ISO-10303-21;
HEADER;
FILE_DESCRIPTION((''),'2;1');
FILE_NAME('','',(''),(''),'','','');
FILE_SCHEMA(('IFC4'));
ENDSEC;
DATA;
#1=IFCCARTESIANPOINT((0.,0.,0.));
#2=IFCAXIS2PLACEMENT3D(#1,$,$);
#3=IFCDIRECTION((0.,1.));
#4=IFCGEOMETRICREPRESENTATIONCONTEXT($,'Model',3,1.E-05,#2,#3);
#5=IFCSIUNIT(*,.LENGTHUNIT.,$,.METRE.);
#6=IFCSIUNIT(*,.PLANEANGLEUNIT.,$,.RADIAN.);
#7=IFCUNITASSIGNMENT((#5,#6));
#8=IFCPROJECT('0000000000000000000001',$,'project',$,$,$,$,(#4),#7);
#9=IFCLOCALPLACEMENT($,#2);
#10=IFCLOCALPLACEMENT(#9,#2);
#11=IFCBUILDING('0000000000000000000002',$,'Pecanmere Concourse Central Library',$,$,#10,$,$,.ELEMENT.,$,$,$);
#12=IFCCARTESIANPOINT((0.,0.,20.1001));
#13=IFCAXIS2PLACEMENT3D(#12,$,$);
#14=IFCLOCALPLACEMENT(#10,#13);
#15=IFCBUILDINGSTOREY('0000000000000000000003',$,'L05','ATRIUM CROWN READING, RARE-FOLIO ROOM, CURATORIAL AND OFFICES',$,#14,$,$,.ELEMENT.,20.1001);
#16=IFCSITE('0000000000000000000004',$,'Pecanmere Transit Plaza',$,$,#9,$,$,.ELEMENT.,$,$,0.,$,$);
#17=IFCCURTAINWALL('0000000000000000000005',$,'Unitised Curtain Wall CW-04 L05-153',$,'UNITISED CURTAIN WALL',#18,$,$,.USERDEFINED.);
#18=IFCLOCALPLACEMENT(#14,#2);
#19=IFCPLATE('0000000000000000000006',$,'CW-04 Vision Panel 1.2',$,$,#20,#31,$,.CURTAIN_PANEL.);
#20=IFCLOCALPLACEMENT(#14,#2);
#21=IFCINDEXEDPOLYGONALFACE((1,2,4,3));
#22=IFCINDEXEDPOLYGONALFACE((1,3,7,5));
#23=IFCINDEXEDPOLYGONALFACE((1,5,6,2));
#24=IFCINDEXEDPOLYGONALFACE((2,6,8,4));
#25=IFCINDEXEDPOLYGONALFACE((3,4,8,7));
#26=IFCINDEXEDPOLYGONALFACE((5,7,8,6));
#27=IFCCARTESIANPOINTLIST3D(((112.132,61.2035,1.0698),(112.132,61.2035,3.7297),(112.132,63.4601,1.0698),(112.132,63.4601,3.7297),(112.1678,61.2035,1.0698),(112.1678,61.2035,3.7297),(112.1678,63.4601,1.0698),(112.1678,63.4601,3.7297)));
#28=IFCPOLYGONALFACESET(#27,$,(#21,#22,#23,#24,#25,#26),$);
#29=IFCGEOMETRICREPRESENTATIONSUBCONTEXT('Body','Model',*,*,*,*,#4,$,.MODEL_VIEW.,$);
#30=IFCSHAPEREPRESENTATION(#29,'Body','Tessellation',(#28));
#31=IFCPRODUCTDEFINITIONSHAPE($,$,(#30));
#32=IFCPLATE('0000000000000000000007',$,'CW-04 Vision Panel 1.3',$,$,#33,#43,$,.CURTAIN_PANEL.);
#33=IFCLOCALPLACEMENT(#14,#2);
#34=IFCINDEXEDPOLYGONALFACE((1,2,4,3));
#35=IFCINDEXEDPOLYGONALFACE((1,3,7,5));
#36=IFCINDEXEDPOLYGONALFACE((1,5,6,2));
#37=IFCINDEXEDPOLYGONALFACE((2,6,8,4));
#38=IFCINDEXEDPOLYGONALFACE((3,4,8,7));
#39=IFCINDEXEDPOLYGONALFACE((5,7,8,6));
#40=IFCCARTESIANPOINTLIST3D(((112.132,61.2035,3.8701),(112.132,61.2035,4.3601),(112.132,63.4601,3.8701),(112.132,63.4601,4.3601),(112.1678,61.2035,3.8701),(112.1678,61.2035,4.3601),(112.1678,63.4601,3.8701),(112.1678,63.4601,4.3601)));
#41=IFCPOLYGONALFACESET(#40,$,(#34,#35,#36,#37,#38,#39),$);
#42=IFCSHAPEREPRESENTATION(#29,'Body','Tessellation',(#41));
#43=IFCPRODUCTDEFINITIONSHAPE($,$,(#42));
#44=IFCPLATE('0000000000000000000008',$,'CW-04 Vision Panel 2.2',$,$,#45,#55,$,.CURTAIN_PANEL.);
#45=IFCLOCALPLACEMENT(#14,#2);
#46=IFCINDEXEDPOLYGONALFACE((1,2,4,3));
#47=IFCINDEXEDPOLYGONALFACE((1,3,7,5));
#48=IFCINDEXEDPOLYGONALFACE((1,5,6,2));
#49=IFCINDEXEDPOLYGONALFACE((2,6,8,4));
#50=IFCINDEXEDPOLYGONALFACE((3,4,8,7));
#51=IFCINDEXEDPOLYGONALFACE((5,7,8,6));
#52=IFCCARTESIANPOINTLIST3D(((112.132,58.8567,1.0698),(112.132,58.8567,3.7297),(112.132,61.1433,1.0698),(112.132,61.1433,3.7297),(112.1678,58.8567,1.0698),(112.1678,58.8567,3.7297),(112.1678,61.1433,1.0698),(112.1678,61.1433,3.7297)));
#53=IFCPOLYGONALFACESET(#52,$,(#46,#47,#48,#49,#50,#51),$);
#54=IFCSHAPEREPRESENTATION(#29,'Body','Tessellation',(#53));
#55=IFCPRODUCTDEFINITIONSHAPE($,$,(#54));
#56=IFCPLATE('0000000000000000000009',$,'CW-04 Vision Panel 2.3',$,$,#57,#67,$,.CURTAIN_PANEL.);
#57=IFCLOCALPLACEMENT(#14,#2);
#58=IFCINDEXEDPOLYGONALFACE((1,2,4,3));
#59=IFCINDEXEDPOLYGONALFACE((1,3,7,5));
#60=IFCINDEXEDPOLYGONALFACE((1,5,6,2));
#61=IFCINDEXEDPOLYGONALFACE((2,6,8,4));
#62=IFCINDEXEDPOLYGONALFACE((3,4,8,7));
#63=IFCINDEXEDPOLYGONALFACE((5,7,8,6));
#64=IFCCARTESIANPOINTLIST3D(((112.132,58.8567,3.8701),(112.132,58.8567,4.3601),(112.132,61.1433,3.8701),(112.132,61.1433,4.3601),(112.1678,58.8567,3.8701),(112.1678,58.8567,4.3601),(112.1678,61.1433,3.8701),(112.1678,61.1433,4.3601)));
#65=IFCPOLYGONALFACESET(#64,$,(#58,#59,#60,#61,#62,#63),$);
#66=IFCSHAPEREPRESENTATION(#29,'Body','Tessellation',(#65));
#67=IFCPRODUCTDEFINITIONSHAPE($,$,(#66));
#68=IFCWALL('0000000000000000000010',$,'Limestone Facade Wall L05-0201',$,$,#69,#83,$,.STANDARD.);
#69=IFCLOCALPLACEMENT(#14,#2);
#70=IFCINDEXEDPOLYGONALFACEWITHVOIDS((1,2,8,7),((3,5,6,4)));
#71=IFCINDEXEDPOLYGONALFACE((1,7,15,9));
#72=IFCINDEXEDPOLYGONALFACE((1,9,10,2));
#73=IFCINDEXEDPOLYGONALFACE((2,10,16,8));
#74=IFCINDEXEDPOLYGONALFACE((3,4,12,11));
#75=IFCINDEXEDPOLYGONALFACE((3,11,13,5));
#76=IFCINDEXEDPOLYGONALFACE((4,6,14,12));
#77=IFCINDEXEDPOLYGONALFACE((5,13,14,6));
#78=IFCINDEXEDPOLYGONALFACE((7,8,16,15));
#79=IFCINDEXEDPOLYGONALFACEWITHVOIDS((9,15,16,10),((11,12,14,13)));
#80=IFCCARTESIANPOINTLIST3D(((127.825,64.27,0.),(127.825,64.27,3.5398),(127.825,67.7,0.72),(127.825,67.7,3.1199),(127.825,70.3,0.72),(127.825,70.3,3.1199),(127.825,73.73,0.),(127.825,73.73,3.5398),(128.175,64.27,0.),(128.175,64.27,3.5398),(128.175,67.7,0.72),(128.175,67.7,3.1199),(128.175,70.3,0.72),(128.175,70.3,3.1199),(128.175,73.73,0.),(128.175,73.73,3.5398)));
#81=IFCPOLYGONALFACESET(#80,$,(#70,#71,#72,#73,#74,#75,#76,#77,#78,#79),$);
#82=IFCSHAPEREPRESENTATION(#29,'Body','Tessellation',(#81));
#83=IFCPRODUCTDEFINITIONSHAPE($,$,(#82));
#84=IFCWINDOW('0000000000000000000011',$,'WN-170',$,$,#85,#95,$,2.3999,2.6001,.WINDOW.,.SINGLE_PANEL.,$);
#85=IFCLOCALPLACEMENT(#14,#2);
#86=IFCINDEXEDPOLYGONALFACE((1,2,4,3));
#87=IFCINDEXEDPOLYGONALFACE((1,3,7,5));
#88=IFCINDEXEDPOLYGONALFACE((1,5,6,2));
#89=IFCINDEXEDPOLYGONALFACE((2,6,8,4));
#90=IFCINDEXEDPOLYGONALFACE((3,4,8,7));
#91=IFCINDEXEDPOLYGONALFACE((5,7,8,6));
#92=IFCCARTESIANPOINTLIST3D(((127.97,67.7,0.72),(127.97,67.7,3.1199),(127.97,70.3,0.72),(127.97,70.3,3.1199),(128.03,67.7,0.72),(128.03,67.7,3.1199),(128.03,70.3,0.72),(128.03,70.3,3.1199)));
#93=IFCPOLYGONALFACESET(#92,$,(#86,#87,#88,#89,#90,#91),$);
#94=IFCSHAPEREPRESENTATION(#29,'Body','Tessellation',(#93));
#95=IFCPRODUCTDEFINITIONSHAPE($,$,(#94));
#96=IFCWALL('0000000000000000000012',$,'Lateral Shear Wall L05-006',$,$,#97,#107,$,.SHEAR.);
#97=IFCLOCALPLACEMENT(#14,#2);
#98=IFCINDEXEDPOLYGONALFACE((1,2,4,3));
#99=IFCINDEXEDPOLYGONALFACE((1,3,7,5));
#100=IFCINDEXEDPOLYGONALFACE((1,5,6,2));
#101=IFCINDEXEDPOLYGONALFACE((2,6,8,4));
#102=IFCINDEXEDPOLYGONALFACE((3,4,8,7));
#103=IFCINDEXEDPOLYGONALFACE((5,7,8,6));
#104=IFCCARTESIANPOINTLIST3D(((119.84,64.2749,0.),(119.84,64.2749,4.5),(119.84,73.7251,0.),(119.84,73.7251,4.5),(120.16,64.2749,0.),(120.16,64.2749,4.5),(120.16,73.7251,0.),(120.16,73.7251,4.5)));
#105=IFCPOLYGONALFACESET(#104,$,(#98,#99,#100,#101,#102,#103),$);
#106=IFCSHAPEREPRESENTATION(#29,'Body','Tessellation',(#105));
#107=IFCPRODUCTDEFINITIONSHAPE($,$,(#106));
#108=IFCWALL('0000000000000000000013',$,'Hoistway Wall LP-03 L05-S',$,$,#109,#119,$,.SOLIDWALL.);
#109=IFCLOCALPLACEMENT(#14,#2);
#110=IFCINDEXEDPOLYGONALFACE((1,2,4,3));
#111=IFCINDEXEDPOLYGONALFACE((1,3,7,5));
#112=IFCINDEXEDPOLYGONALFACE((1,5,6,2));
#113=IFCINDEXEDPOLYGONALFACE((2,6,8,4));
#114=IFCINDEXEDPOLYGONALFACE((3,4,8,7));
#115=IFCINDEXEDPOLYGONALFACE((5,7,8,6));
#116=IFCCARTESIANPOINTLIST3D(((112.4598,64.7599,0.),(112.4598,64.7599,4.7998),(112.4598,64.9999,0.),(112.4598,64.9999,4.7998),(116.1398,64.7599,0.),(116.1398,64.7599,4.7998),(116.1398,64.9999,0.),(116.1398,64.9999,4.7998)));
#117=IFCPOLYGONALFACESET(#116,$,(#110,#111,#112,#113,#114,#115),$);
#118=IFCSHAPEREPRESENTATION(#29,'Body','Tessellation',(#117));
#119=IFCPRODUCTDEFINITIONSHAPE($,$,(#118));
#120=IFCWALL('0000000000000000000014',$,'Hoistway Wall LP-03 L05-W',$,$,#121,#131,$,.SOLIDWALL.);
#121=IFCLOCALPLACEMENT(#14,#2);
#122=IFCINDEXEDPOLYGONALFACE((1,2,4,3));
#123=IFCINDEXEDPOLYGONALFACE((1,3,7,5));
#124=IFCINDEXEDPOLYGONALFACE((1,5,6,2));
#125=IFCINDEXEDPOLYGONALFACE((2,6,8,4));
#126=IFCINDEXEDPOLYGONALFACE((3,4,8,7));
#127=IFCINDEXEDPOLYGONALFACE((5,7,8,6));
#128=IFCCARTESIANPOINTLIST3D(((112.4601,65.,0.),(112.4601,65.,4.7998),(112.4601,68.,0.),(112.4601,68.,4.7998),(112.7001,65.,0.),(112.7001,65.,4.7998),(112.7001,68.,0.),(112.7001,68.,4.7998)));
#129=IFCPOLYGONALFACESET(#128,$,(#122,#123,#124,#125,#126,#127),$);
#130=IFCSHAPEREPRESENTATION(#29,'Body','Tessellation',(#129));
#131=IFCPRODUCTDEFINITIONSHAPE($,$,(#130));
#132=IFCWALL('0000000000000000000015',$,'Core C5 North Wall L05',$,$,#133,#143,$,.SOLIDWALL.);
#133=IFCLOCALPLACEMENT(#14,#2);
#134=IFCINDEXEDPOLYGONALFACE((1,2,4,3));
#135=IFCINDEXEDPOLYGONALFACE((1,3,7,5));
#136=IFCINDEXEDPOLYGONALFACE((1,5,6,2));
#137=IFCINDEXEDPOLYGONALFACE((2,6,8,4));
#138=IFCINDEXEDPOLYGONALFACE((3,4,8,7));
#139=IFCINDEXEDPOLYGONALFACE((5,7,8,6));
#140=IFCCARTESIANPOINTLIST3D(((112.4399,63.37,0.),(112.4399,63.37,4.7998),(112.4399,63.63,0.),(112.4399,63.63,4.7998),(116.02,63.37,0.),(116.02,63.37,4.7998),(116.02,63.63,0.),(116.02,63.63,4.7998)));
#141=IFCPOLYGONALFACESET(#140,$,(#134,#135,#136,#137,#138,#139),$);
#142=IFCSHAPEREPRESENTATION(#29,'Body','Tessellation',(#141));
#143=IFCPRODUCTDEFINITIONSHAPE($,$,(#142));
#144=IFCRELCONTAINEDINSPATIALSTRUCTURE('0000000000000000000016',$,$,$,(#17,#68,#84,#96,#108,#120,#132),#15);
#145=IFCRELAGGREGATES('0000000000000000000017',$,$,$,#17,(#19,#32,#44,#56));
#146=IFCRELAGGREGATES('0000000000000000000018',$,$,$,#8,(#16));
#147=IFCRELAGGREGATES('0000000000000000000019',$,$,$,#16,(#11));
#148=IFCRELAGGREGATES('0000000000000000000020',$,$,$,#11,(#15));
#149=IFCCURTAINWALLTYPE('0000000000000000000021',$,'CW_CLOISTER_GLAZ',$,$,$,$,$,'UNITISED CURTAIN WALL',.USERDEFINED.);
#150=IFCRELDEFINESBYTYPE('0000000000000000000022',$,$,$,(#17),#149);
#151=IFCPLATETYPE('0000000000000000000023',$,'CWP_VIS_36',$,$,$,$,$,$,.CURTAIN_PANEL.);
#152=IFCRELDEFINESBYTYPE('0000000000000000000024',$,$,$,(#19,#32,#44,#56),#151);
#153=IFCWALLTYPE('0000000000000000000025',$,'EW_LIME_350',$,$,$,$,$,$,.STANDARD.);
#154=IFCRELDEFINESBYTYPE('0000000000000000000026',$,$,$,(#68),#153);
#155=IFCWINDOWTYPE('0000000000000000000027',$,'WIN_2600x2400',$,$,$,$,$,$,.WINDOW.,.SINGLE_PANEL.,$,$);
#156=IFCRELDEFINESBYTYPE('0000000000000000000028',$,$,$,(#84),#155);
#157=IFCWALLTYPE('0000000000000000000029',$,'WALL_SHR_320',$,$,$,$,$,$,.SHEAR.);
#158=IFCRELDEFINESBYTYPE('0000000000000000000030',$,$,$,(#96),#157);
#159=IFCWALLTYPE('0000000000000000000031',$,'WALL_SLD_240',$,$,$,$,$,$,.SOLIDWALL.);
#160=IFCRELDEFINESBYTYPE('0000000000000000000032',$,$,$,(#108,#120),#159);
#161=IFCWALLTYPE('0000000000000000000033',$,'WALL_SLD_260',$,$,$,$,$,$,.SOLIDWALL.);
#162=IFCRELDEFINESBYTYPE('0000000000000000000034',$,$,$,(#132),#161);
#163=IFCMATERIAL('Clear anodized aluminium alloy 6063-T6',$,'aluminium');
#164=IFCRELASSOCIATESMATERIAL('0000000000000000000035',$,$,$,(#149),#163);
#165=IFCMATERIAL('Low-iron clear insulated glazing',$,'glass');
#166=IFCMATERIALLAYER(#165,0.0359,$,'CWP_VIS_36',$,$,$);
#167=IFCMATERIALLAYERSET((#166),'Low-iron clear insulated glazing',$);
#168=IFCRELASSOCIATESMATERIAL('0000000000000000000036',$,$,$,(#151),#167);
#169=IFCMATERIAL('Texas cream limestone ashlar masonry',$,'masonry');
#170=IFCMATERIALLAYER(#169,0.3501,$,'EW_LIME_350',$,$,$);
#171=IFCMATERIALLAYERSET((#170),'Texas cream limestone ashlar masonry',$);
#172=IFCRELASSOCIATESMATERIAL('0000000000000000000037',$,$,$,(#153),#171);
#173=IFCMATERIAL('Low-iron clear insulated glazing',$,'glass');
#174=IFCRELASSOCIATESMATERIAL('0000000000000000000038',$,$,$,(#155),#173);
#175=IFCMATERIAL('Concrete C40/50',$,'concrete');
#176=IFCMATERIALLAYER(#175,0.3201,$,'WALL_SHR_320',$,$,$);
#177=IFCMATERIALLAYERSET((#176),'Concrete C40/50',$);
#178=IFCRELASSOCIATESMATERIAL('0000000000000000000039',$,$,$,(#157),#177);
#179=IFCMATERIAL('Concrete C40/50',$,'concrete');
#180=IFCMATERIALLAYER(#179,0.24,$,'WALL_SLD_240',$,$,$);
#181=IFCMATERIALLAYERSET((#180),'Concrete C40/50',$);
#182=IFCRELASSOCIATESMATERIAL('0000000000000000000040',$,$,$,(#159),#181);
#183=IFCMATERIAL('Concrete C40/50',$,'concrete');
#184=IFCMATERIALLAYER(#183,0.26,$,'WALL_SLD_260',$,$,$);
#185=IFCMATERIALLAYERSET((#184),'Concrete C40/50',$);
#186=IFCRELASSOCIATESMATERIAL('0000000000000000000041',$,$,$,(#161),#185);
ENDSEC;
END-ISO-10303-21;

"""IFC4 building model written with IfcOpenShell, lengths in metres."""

from ifc_helpers import new_model, si_unit, direction, frame, frame_2d, origin, origin_2d, place, context, subcontext, project, spatial, rectangle, extrude, material, layer, layer_set, type_object, element, fill, aggregate, save


model = new_model("IFC4")

# Units and contexts
model_context = context("Model", 3, precision=1e-05, world=origin(), true_north=direction((0.0, 1.0)))
body_context = subcontext(model_context, "Body", "Model", "MODEL_VIEW")
ifc_project = project(units=[si_unit("LENGTHUNIT", "METRE"), si_unit("PLANEANGLEUNIT", "RADIAN")], contexts=[model_context])

# Site, building, storey
site_placement = place(None, origin())
site = spatial("IfcSite", under=ifc_project, at=site_placement, Name="Pecanmere Transit Plaza", CompositionType="ELEMENT", RefElevation=0.0)
building_placement = place(site_placement, origin())
building = spatial("IfcBuilding", under=site, at=building_placement, Name="Pecanmere Concourse Central Library", CompositionType="ELEMENT")
storey_placement = place(building_placement, frame((0.0, 0.0, 20.1001)))
storey = spatial("IfcBuildingStorey", under=building, at=storey_placement, Name="L05", Description="ATRIUM CROWN READING, RARE-FOLIO ROOM, CURATORIAL AND OFFICES", CompositionType="ELEMENT", Elevation=20.1001)

# Curtain wall
ifc_material_1 = material(Name="Clear anodized aluminium alloy 6063-T6", Category="aluminium")
curtain_wall_type = type_object("IfcCurtainWallType", Name="CW_CLOISTER_GLAZ", ElementType="UNITISED CURTAIN WALL", PredefinedType="USERDEFINED", material=ifc_material_1)
curtain_wall_1_placement = place(storey_placement, origin())
curtain_wall_1 = element("IfcCurtainWall", 1, at=curtain_wall_1_placement, inside=storey, type_object=curtain_wall_type, Name="Unitised Curtain Wall CW-04 L05-153", ObjectType="UNITISED CURTAIN WALL", PredefinedType="USERDEFINED")

# Plates
ifc_material_2 = material(Name="Low-iron clear insulated glazing", Category="glass")
ifc_layer_1 = layer(ifc_material_2, 0.0359, Name="CWP_VIS_36")
ifc_layer_set_1 = layer_set([ifc_layer_1], Name="Low-iron clear insulated glazing")
plate_type_1 = type_object("IfcPlateType", Name="CWP_VIS_36", PredefinedType="CURTAIN_PANEL", material=ifc_layer_set_1)
plate_1_placement = place(storey_placement, frame((112.1499, 62.3318, 1.0698), z_axis=(0.0, 0.0, 1.0), x_axis=(0.0, -1.0, 0.0)))
plate_1 = element("IfcPlate", 2, at=plate_1_placement, type_object=plate_type_1, Name="CW-04 Vision Panel 1.2", PredefinedType="CURTAIN_PANEL", context=body_context, shape_type="SweptSolid", body=[
    extrude(rectangle(XDim=2.2566, YDim=0.0359, at=origin_2d()), origin(), (0.0, 0.0, 1.0), 2.6599),
])
plate_2_placement = place(storey_placement, frame((112.1499, 62.3318, 3.8701), z_axis=(0.0, 0.0, 1.0), x_axis=(0.0, -1.0, 0.0)))
plate_2 = element("IfcPlate", 3, at=plate_2_placement, type_object=plate_type_1, Name="CW-04 Vision Panel 1.3", PredefinedType="CURTAIN_PANEL", context=body_context, shape_type="SweptSolid", body=[
    extrude(rectangle(XDim=2.2566, YDim=0.0359, at=origin_2d()), origin(), (0.0, 0.0, 1.0), 0.49),
])
plate_3_placement = place(storey_placement, frame((112.1499, 60.0, 1.0698), z_axis=(0.0, 0.0, 1.0), x_axis=(0.0, -1.0, 0.0)))
plate_3 = element("IfcPlate", 4, at=plate_3_placement, type_object=plate_type_1, Name="CW-04 Vision Panel 2.2", PredefinedType="CURTAIN_PANEL", context=body_context, shape_type="SweptSolid", body=[
    extrude(rectangle(XDim=2.2866, YDim=0.0359, at=origin_2d()), origin(), (0.0, 0.0, 1.0), 2.6599),
])
plate_4_placement = place(storey_placement, frame((112.1499, 60.0, 3.8701), z_axis=(0.0, 0.0, 1.0), x_axis=(0.0, -1.0, 0.0)))
plate_4 = element("IfcPlate", 5, at=plate_4_placement, type_object=plate_type_1, Name="CW-04 Vision Panel 2.3", PredefinedType="CURTAIN_PANEL", context=body_context, shape_type="SweptSolid", body=[
    extrude(rectangle(XDim=2.2866, YDim=0.0359, at=origin_2d()), origin(), (0.0, 0.0, 1.0), 0.49),
])
aggregate(curtain_wall_1, [plate_1, plate_2, plate_3, plate_4])

# Wall, opening, window
ifc_material_3 = material(Name="Texas cream limestone ashlar masonry", Category="masonry")
ifc_layer_2 = layer(ifc_material_3, 0.3501, Name="EW_LIME_350")
ifc_layer_set_2 = layer_set([ifc_layer_2], Name="Texas cream limestone ashlar masonry")
wall_type_1 = type_object("IfcWallType", Name="EW_LIME_350", PredefinedType="STANDARD", material=ifc_layer_set_2)
wall_1_placement = place(storey_placement, frame((128.0, 64.27, 0.0), z_axis=(0.0, 0.0, 1.0), x_axis=(0.0, 1.0, 0.0)))
wall_1 = element("IfcWall", 6, at=wall_1_placement, inside=storey, type_object=wall_type_1, Name="Limestone Facade Wall L05-0201", PredefinedType="STANDARD", context=body_context, shape_type="SweptSolid", body=[
    extrude(rectangle(XDim=9.46, YDim=0.3501, at=frame_2d((4.73, 0.0))), origin(), (0.0, 0.0, 1.0), 3.5398),
])
opening_placement = place(wall_1_placement, frame((3.4299, 0.0, 0.72)))
opening = element("IfcOpeningElement", 7, at=opening_placement, cuts=wall_1, PredefinedType="OPENING", context=body_context, shape_type="SweptSolid", body=[
    extrude(rectangle(XDim=2.6001, YDim=2.3999, at=frame_2d((1.3, 1.2))), frame((0.0, 0.187, 0.0), z_axis=(0.0, -1.0, 0.0), x_axis=(1.0, 0.0, 0.0)), (0.0, 0.0, 1.0), 0.374),
])
ifc_material_4 = material(Name="Low-iron clear insulated glazing", Category="glass")
window_type = type_object("IfcWindowType", Name="WIN_2600x2400", PartitioningType="SINGLE_PANEL", PredefinedType="WINDOW", material=ifc_material_4)
window_placement = place(opening_placement, origin())
window = element("IfcWindow", 8, at=window_placement, inside=storey, type_object=window_type, Name="WN-170", OverallHeight=2.3999, OverallWidth=2.6001, PartitioningType="SINGLE_PANEL", PredefinedType="WINDOW", context=body_context, shape_type="SweptSolid", body=[
    extrude(rectangle(XDim=2.6001, YDim=2.3999, at=frame_2d((1.3, 1.2))), frame((0.0, 0.03, 0.0), z_axis=(0.0, -1.0, 0.0), x_axis=(1.0, 0.0, 0.0)), (0.0, 0.0, 1.0), 0.0601),
])
fill(opening, window)

# Walls
ifc_material_5 = material(Name="Concrete C40/50", Category="concrete")
ifc_layer_3 = layer(ifc_material_5, 0.3201, Name="WALL_SHR_320")
ifc_layer_set_3 = layer_set([ifc_layer_3], Name="Concrete C40/50")
wall_type_2 = type_object("IfcWallType", Name="WALL_SHR_320", PredefinedType="SHEAR", material=ifc_layer_set_3)
wall_2_placement = place(storey_placement, frame((120.0, 64.2749, 0.0), z_axis=(0.0, 0.0, 1.0), x_axis=(0.0, 1.0, 0.0)))
element("IfcWall", 9, at=wall_2_placement, inside=storey, type_object=wall_type_2, Name="Lateral Shear Wall L05-006", PredefinedType="SHEAR", context=body_context, shape_type="SweptSolid", body=[
    extrude(rectangle(XDim=9.4502, YDim=0.3201, at=frame_2d((4.7251, 0.0))), origin(), (0.0, 0.0, 1.0), 4.5),
])
ifc_material_6 = material(Name="Concrete C40/50", Category="concrete")
ifc_layer_4 = layer(ifc_material_6, 0.24, Name="WALL_SLD_240")
ifc_layer_set_4 = layer_set([ifc_layer_4], Name="Concrete C40/50")
wall_type_3 = type_object("IfcWallType", Name="WALL_SLD_240", PredefinedType="SOLIDWALL", material=ifc_layer_set_4)
wall_3_placement = place(storey_placement, frame((112.46, 64.8799, 0.0), z_axis=(0.0, 0.0, 1.0), x_axis=(1.0, 0.0, 0.0)))
element("IfcWall", 10, at=wall_3_placement, inside=storey, type_object=wall_type_3, Name="Hoistway Wall LP-03 L05-S", PredefinedType="SOLIDWALL", context=body_context, shape_type="SweptSolid", body=[
    extrude(rectangle(XDim=3.6799, YDim=0.24, at=frame_2d((1.8398, 0.0))), origin(), (0.0, 0.0, 1.0), 4.7998),
])
wall_4_placement = place(storey_placement, frame((112.5801, 65.0, 0.0), z_axis=(0.0, 0.0, 1.0), x_axis=(0.0, 1.0, 0.0)))
element("IfcWall", 11, at=wall_4_placement, inside=storey, type_object=wall_type_3, Name="Hoistway Wall LP-03 L05-W", PredefinedType="SOLIDWALL", context=body_context, shape_type="SweptSolid", body=[
    extrude(rectangle(XDim=3.0, YDim=0.24, at=frame_2d((1.5, 0.0))), origin(), (0.0, 0.0, 1.0), 4.7998),
])
ifc_material_7 = material(Name="Concrete C40/50", Category="concrete")
ifc_layer_5 = layer(ifc_material_7, 0.26, Name="WALL_SLD_260")
ifc_layer_set_5 = layer_set([ifc_layer_5], Name="Concrete C40/50")
wall_type_4 = type_object("IfcWallType", Name="WALL_SLD_260", PredefinedType="SOLIDWALL", material=ifc_layer_set_5)
wall_5_placement = place(storey_placement, frame((112.4399, 63.5, 0.0), z_axis=(0.0, 0.0, 1.0), x_axis=(1.0, 0.0, 0.0)))
element("IfcWall", 12, at=wall_5_placement, inside=storey, type_object=wall_type_4, Name="Core C5 North Wall L05", PredefinedType="SOLIDWALL", context=body_context, shape_type="SweptSolid", body=[
    extrude(rectangle(XDim=3.5801, YDim=0.26, at=frame_2d((1.79, 0.0))), origin(), (0.0, 0.0, 1.0), 4.7998),
])

save(model, "model.ifc")
